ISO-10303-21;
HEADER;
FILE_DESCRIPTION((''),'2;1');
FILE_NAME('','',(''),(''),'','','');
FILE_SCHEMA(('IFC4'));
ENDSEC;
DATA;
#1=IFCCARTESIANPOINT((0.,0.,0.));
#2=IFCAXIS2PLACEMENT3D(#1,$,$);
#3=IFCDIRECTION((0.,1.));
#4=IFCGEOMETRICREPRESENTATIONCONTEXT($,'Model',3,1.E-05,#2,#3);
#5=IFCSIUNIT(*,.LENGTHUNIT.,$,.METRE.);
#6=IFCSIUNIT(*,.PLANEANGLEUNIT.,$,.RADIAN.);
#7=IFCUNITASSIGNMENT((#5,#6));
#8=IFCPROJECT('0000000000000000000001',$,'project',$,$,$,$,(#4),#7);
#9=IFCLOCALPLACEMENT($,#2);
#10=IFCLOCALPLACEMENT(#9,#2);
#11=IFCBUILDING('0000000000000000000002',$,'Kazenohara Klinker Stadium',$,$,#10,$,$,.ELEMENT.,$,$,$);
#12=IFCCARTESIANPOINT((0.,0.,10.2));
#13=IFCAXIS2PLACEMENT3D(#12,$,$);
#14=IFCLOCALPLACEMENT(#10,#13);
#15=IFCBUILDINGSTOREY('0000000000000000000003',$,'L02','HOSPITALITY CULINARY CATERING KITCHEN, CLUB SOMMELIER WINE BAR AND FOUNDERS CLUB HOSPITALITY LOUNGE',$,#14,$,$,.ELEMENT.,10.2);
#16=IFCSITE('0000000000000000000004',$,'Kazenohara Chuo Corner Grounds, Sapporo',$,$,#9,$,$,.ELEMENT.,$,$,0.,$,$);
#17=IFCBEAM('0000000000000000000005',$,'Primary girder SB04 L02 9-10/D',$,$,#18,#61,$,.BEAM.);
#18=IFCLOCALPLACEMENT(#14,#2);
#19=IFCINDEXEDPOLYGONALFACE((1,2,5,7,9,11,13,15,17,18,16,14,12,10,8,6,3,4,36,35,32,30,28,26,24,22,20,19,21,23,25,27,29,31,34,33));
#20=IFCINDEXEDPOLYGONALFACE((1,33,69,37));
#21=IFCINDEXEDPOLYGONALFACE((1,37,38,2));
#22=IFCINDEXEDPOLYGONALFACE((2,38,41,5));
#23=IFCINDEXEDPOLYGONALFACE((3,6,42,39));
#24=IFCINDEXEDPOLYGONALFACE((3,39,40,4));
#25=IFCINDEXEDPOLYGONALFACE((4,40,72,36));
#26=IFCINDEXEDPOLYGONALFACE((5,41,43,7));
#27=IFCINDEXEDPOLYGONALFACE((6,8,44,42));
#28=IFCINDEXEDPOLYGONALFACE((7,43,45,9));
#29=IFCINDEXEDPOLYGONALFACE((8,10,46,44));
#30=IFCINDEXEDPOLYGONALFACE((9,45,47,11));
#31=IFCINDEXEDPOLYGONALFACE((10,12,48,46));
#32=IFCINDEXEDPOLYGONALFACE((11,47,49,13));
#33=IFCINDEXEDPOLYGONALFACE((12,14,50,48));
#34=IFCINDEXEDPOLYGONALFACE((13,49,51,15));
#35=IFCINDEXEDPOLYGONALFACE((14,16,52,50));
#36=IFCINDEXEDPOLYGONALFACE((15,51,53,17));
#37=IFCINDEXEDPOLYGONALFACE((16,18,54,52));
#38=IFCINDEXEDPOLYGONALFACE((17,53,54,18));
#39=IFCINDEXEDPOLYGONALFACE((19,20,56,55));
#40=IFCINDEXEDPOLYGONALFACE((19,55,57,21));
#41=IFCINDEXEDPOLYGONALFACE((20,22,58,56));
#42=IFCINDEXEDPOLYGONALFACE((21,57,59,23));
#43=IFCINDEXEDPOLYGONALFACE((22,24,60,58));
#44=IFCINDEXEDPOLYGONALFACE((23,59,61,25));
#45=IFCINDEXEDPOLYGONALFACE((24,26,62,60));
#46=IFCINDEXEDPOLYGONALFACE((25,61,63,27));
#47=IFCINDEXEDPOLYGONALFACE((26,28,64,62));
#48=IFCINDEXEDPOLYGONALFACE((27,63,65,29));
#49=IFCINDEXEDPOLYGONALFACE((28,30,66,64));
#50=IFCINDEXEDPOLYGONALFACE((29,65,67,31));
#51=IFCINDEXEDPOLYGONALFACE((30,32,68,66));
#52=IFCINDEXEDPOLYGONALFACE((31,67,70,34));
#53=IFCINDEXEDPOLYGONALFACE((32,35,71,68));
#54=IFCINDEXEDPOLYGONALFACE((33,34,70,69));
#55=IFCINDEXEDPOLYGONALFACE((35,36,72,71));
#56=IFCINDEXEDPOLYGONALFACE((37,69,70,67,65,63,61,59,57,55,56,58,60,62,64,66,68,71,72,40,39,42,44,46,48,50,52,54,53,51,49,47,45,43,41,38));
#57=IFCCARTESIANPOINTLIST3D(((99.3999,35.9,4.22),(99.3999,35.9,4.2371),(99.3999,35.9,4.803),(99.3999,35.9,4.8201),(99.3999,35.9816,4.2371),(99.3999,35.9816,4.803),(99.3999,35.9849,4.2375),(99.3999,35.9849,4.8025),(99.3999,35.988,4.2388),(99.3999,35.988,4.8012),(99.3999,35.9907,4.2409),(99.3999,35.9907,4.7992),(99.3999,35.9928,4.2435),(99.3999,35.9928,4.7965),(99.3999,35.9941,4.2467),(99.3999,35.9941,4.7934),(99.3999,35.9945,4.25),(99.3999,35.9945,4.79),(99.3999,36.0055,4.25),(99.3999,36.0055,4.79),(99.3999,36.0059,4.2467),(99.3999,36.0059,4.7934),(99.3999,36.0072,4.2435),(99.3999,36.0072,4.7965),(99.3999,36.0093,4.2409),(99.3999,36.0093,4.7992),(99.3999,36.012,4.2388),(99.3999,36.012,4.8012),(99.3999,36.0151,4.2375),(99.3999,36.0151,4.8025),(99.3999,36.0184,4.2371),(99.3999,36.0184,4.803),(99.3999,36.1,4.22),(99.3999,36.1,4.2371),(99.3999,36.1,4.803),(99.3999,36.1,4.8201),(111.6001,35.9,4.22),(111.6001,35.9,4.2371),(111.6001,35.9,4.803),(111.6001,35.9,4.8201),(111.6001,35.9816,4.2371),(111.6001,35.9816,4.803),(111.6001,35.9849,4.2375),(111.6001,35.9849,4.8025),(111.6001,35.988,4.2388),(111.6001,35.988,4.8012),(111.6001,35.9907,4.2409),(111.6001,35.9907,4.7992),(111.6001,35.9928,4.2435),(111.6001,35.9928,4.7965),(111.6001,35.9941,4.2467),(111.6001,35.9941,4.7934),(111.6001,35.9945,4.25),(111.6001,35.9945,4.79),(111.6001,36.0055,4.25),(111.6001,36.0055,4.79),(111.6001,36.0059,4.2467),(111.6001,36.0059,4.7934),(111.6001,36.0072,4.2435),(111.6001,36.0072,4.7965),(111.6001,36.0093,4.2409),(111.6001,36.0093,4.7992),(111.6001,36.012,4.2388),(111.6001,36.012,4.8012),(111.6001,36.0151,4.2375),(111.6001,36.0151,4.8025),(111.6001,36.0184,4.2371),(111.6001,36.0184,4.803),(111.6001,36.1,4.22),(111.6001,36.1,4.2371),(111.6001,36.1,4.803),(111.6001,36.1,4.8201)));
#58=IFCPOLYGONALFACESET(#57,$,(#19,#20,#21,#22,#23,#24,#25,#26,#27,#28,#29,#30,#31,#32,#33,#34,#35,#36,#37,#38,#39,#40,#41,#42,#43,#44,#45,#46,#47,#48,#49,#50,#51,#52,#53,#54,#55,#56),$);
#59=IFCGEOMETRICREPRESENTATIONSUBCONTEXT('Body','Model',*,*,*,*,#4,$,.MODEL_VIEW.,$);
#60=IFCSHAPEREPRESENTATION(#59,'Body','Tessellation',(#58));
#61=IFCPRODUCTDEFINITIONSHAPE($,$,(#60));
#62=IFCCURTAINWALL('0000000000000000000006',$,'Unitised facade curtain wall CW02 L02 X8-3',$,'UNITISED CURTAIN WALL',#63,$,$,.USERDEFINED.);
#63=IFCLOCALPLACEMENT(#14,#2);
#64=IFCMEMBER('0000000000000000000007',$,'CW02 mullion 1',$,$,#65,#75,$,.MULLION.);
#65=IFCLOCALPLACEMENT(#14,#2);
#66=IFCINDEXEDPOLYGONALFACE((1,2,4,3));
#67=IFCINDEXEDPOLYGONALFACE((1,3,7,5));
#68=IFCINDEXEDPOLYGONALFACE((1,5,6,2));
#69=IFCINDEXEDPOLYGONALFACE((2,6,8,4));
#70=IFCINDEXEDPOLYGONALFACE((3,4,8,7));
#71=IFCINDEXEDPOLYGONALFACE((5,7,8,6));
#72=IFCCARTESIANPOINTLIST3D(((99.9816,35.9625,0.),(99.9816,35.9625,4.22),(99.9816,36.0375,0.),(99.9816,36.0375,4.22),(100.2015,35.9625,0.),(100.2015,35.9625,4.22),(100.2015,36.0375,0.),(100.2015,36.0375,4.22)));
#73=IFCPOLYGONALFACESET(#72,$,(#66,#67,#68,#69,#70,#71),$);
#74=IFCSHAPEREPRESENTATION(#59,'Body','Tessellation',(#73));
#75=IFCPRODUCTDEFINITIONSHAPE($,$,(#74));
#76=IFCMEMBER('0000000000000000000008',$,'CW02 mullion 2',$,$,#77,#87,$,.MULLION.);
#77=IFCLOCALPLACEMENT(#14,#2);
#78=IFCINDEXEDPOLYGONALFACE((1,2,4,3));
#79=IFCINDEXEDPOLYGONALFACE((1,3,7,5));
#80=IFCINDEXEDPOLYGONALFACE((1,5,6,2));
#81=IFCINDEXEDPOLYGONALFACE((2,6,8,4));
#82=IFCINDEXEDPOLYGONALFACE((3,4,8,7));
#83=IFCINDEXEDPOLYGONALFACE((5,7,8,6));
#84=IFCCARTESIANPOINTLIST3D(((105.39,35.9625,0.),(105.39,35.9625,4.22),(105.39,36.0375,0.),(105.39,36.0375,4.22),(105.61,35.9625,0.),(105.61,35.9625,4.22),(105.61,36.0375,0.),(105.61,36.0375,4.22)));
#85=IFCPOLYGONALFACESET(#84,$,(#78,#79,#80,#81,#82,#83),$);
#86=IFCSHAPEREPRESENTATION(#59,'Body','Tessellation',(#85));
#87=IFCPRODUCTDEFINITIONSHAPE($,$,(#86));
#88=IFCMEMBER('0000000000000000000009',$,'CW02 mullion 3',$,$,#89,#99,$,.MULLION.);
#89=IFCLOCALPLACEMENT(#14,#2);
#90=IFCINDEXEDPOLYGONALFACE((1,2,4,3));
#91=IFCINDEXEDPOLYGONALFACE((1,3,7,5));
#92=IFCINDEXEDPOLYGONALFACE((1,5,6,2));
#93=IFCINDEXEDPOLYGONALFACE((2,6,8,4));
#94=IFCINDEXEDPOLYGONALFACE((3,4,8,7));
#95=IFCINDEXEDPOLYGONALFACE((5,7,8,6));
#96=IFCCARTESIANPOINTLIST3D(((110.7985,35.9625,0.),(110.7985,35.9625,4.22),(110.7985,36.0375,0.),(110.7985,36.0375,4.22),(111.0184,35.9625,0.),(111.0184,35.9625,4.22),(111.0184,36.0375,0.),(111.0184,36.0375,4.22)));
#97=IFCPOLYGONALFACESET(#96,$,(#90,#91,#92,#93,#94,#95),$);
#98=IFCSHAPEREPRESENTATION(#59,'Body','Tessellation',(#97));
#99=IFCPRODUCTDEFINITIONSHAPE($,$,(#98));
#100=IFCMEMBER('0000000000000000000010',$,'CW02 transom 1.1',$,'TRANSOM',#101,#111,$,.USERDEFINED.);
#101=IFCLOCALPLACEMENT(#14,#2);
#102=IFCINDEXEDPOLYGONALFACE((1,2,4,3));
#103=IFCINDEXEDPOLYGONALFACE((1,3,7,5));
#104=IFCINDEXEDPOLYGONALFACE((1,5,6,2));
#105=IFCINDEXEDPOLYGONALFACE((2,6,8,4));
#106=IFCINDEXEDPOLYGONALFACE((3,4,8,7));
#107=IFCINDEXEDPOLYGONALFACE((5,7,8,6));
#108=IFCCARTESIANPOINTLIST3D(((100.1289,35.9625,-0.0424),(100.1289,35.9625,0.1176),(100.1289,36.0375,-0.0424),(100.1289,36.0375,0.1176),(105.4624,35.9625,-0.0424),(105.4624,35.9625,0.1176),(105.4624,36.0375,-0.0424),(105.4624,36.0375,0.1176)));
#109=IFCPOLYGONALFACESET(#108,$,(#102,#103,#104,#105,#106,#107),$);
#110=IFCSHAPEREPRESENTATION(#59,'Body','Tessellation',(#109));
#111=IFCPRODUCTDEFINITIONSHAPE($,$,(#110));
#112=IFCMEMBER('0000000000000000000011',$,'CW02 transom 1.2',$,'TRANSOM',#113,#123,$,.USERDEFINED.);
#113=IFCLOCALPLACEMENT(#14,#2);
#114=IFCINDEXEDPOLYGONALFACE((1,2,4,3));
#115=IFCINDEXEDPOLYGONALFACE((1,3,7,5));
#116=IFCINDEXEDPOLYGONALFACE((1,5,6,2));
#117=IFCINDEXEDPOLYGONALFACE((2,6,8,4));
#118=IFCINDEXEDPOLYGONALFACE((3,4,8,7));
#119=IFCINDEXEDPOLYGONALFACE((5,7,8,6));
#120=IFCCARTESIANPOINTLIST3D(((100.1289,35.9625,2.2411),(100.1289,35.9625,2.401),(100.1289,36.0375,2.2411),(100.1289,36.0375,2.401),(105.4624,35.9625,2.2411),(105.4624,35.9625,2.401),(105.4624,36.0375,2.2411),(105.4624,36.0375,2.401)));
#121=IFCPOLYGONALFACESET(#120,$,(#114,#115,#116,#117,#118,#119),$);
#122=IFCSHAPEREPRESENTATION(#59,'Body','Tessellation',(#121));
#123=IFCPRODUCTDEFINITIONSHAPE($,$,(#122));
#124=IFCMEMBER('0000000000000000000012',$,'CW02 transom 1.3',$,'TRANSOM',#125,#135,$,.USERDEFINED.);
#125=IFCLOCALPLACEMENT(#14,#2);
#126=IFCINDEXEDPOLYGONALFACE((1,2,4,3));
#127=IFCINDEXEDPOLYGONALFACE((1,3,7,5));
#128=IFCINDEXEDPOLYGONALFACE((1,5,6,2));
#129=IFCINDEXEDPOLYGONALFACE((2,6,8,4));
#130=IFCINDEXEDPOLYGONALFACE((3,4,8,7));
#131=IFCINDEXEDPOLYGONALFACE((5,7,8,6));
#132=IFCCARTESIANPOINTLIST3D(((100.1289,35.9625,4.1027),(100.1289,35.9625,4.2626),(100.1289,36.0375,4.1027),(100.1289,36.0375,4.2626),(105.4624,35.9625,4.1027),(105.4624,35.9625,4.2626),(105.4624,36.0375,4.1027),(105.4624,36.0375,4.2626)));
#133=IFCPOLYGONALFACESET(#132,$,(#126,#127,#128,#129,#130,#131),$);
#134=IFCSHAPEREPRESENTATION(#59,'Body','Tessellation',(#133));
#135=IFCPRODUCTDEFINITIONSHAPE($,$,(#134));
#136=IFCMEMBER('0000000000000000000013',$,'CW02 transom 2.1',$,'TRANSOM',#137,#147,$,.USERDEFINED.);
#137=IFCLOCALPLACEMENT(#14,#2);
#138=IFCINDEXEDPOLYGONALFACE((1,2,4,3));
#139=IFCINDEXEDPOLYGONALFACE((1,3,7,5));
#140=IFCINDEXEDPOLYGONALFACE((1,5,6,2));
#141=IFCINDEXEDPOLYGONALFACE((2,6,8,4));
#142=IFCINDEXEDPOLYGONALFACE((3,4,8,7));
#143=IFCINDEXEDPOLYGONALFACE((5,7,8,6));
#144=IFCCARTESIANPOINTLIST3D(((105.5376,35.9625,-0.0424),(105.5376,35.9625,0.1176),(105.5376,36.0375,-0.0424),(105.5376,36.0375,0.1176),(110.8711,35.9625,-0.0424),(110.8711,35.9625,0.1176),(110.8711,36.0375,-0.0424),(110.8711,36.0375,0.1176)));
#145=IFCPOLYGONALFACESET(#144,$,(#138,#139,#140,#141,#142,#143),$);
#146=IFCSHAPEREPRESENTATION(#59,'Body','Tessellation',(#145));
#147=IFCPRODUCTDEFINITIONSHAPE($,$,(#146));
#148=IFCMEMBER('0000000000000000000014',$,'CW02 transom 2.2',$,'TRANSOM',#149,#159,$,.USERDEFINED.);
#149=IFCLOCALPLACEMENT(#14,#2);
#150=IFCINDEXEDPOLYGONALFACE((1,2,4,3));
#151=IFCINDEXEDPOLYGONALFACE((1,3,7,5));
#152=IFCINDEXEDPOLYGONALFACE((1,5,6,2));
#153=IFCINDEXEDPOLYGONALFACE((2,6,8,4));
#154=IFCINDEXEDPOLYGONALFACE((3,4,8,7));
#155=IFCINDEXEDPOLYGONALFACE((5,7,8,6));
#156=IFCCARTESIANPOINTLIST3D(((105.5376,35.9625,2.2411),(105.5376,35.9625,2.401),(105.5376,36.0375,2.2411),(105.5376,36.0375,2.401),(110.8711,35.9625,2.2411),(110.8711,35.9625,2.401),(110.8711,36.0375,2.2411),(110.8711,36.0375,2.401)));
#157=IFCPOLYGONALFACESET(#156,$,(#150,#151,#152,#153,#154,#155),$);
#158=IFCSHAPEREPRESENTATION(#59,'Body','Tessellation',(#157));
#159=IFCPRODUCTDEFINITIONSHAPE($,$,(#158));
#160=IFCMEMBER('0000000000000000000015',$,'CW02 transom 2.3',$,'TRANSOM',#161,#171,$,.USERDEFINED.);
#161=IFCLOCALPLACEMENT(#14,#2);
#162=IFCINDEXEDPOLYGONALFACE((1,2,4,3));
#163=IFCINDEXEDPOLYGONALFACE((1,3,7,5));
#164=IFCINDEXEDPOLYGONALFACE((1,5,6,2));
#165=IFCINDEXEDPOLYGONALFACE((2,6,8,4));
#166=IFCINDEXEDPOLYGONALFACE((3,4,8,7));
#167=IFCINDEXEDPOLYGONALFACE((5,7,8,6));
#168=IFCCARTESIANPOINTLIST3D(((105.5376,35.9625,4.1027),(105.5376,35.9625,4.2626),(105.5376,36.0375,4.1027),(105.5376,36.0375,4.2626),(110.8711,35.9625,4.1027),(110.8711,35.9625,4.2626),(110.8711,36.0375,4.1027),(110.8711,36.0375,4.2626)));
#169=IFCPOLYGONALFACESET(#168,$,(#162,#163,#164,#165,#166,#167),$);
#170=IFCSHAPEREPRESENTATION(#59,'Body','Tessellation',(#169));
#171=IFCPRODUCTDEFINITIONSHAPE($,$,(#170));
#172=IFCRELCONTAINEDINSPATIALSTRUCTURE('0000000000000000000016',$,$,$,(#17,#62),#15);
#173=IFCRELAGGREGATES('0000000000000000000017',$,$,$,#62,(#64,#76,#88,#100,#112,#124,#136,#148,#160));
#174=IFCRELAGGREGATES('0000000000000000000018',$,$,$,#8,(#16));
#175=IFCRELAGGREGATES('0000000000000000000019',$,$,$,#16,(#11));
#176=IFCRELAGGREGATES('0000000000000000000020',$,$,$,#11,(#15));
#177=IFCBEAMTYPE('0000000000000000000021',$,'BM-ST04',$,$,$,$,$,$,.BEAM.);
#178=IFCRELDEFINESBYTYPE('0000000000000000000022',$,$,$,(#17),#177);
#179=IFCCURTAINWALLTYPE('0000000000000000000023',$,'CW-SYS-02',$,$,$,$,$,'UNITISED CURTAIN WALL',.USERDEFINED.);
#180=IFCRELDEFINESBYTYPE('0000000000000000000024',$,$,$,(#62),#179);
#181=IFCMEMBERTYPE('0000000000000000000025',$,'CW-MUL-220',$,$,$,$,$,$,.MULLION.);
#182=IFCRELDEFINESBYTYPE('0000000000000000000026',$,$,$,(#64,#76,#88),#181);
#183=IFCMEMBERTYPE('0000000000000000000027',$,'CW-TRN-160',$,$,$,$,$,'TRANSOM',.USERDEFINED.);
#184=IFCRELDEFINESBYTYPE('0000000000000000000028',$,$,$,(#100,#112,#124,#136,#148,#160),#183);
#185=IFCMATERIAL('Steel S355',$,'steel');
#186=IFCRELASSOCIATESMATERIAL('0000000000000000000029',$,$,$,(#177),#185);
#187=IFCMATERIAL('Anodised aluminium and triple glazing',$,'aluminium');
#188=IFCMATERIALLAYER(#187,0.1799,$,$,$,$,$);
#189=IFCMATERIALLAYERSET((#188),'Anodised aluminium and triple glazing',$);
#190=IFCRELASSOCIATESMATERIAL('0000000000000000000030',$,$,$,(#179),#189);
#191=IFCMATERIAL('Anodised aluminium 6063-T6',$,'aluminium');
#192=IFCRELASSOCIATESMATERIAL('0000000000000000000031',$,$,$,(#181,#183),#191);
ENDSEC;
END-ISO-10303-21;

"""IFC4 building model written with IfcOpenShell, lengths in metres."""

from ifc_helpers import new_model, si_unit, direction, frame, origin, origin_2d, place, context, subcontext, project, spatial, rectangle, i_section, extrude, material, layer, layer_set, material_profile, profile_set, type_object, element, aggregate, save


model = new_model("IFC4")

# Units and contexts
model_context = context("Model", 3, precision=1e-05, world=origin(), true_north=direction((0.0, 1.0)))
body_context = subcontext(model_context, "Body", "Model", "MODEL_VIEW")
ifc_project = project(units=[si_unit("LENGTHUNIT", "METRE"), si_unit("PLANEANGLEUNIT", "RADIAN")], contexts=[model_context])

# Site, building, storey
site_placement = place(None, origin())
site = spatial("IfcSite", under=ifc_project, at=site_placement, Name="Kazenohara Chuo Corner Grounds, Sapporo", CompositionType="ELEMENT", RefElevation=0.0)
building_placement = place(site_placement, origin())
building = spatial("IfcBuilding", under=site, at=building_placement, Name="Kazenohara Klinker Stadium", CompositionType="ELEMENT")
storey_placement = place(building_placement, frame((0.0, 0.0, 10.2)))
storey = spatial("IfcBuildingStorey", under=building, at=storey_placement, Name="L02", Description="HOSPITALITY CULINARY CATERING KITCHEN, CLUB SOMMELIER WINE BAR AND FOUNDERS CLUB HOSPITALITY LOUNGE", CompositionType="ELEMENT", Elevation=10.2)

# Beam
ifc_material_1 = material(Name="Steel S355", Category="steel")
ifc_material_profile_1 = material_profile(ifc_material_1, i_section(OverallWidth=0.2, OverallDepth=0.6001, WebThickness=0.011, FlangeThickness=0.0171, FilletRadius=0.0129, at=origin_2d()), Name="H-600x200x11x17")
ifc_profile_set_1 = profile_set([ifc_material_profile_1], Name="Steel S355")
beam_type = type_object("IfcBeamType", Name="BM-ST04", PredefinedType="BEAM", material=ifc_profile_set_1)
beam_placement = place(storey_placement, frame((99.3999, 36.0, 4.52), z_axis=(1.0, 0.0, 0.0), x_axis=(0.0, 1.0, 0.0)))
element("IfcBeam", 1, at=beam_placement, inside=storey, type_object=beam_type, Name="Primary girder SB04 L02 9-10/D", PredefinedType="BEAM", context=body_context, shape_type="SweptSolid", body=[
    extrude(i_section(OverallWidth=0.2, OverallDepth=0.6001, WebThickness=0.011, FlangeThickness=0.0171, FilletRadius=0.0129, at=origin_2d()), origin(), (0.0, 0.0, 1.0), 12.2002),
])

# Curtain wall, members
ifc_material_2 = material(Name="Anodised aluminium and triple glazing", Category="aluminium")
ifc_layer_1 = layer(ifc_material_2, 0.1799)
ifc_layer_set_1 = layer_set([ifc_layer_1], Name="Anodised aluminium and triple glazing")
curtain_wall_type = type_object("IfcCurtainWallType", Name="CW-SYS-02", ElementType="UNITISED CURTAIN WALL", PredefinedType="USERDEFINED", material=ifc_layer_set_1)
curtain_wall_placement = place(storey_placement, origin())
curtain_wall = element("IfcCurtainWall", 2, at=curtain_wall_placement, inside=storey, type_object=curtain_wall_type, Name="Unitised facade curtain wall CW02 L02 X8-3", ObjectType="UNITISED CURTAIN WALL", PredefinedType="USERDEFINED")
ifc_material_3 = material(Name="Anodised aluminium 6063-T6", Category="aluminium")
ifc_material_profile_2 = material_profile(ifc_material_3, rectangle(XDim=0.075, YDim=0.22, at=origin_2d()), Name="ALU-MUL-75x220")
ifc_profile_set_2 = profile_set([ifc_material_profile_2], Name="Anodised aluminium 6063-T6")
member_type_1 = type_object("IfcMemberType", Name="CW-MUL-220", PredefinedType="MULLION", material=ifc_profile_set_2)
member_1_placement = place(storey_placement, frame((100.0916, 36.0, 0.0), z_axis=(0.0, 0.0, 1.0), x_axis=(0.0, 1.0, 0.0)))
member_1 = element("IfcMember", 3, at=member_1_placement, type_object=member_type_1, Name="CW02 mullion 1", PredefinedType="MULLION", context=body_context, shape_type="SweptSolid", body=[
    extrude(rectangle(XDim=0.075, YDim=0.22, at=origin_2d()), origin(), (0.0, 0.0, 1.0), 4.22),
])
member_2_placement = place(storey_placement, frame((105.5, 36.0, 0.0), z_axis=(0.0, 0.0, 1.0), x_axis=(0.0, 1.0, 0.0)))
member_2 = element("IfcMember", 4, at=member_2_placement, type_object=member_type_1, Name="CW02 mullion 2", PredefinedType="MULLION", context=body_context, shape_type="SweptSolid", body=[
    extrude(rectangle(XDim=0.075, YDim=0.22, at=origin_2d()), origin(), (0.0, 0.0, 1.0), 4.22),
])
member_3_placement = place(storey_placement, frame((110.9084, 36.0, 0.0), z_axis=(0.0, 0.0, 1.0), x_axis=(0.0, 1.0, 0.0)))
member_3 = element("IfcMember", 5, at=member_3_placement, type_object=member_type_1, Name="CW02 mullion 3", PredefinedType="MULLION", context=body_context, shape_type="SweptSolid", body=[
    extrude(rectangle(XDim=0.075, YDim=0.22, at=origin_2d()), origin(), (0.0, 0.0, 1.0), 4.22),
])
ifc_material_profile_3 = material_profile(ifc_material_3, rectangle(XDim=0.075, YDim=0.1599, at=origin_2d()), Name="ALU-TRN-75x160")
ifc_profile_set_3 = profile_set([ifc_material_profile_3], Name="Anodised aluminium 6063-T6")
member_type_2 = type_object("IfcMemberType", Name="CW-TRN-160", ElementType="TRANSOM", PredefinedType="USERDEFINED", material=ifc_profile_set_3)
member_4_placement = place(storey_placement, frame((100.1289, 36.0, 0.0376), z_axis=(1.0, 0.0, 0.0), x_axis=(0.0, 1.0, 0.0)))
member_4 = element("IfcMember", 6, at=member_4_placement, type_object=member_type_2, Name="CW02 transom 1.1", ObjectType="TRANSOM", PredefinedType="USERDEFINED", context=body_context, shape_type="SweptSolid", body=[
    extrude(rectangle(XDim=0.075, YDim=0.1599, at=origin_2d()), origin(), (0.0, 0.0, 1.0), 5.3335),
])
member_5_placement = place(storey_placement, frame((100.1289, 36.0, 2.321), z_axis=(1.0, 0.0, 0.0), x_axis=(0.0, 1.0, 0.0)))
member_5 = element("IfcMember", 7, at=member_5_placement, type_object=member_type_2, Name="CW02 transom 1.2", ObjectType="TRANSOM", PredefinedType="USERDEFINED", context=body_context, shape_type="SweptSolid", body=[
    extrude(rectangle(XDim=0.075, YDim=0.1599, at=origin_2d()), origin(), (0.0, 0.0, 1.0), 5.3335),
])
member_6_placement = place(storey_placement, frame((100.1289, 36.0, 4.1826), z_axis=(1.0, 0.0, 0.0), x_axis=(0.0, 1.0, 0.0)))
member_6 = element("IfcMember", 8, at=member_6_placement, type_object=member_type_2, Name="CW02 transom 1.3", ObjectType="TRANSOM", PredefinedType="USERDEFINED", context=body_context, shape_type="SweptSolid", body=[
    extrude(rectangle(XDim=0.075, YDim=0.1599, at=origin_2d()), origin(), (0.0, 0.0, 1.0), 5.3335),
])
member_7_placement = place(storey_placement, frame((105.5376, 36.0, 0.0376), z_axis=(1.0, 0.0, 0.0), x_axis=(0.0, 1.0, 0.0)))
member_7 = element("IfcMember", 9, at=member_7_placement, type_object=member_type_2, Name="CW02 transom 2.1", ObjectType="TRANSOM", PredefinedType="USERDEFINED", context=body_context, shape_type="SweptSolid", body=[
    extrude(rectangle(XDim=0.075, YDim=0.1599, at=origin_2d()), origin(), (0.0, 0.0, 1.0), 5.3335),
])
member_8_placement = place(storey_placement, frame((105.5376, 36.0, 2.321), z_axis=(1.0, 0.0, 0.0), x_axis=(0.0, 1.0, 0.0)))
member_8 = element("IfcMember", 10, at=member_8_placement, type_object=member_type_2, Name="CW02 transom 2.2", ObjectType="TRANSOM", PredefinedType="USERDEFINED", context=body_context, shape_type="SweptSolid", body=[
    extrude(rectangle(XDim=0.075, YDim=0.1599, at=origin_2d()), origin(), (0.0, 0.0, 1.0), 5.3335),
])
member_9_placement = place(storey_placement, frame((105.5376, 36.0, 4.1826), z_axis=(1.0, 0.0, 0.0), x_axis=(0.0, 1.0, 0.0)))
member_9 = element("IfcMember", 11, at=member_9_placement, type_object=member_type_2, Name="CW02 transom 2.3", ObjectType="TRANSOM", PredefinedType="USERDEFINED", context=body_context, shape_type="SweptSolid", body=[
    extrude(rectangle(XDim=0.075, YDim=0.1599, at=origin_2d()), origin(), (0.0, 0.0, 1.0), 5.3335),
])

aggregate(curtain_wall, [member_1, member_2, member_3, member_4, member_5, member_6, member_7, member_8, member_9])

save(model, "model.ifc")
